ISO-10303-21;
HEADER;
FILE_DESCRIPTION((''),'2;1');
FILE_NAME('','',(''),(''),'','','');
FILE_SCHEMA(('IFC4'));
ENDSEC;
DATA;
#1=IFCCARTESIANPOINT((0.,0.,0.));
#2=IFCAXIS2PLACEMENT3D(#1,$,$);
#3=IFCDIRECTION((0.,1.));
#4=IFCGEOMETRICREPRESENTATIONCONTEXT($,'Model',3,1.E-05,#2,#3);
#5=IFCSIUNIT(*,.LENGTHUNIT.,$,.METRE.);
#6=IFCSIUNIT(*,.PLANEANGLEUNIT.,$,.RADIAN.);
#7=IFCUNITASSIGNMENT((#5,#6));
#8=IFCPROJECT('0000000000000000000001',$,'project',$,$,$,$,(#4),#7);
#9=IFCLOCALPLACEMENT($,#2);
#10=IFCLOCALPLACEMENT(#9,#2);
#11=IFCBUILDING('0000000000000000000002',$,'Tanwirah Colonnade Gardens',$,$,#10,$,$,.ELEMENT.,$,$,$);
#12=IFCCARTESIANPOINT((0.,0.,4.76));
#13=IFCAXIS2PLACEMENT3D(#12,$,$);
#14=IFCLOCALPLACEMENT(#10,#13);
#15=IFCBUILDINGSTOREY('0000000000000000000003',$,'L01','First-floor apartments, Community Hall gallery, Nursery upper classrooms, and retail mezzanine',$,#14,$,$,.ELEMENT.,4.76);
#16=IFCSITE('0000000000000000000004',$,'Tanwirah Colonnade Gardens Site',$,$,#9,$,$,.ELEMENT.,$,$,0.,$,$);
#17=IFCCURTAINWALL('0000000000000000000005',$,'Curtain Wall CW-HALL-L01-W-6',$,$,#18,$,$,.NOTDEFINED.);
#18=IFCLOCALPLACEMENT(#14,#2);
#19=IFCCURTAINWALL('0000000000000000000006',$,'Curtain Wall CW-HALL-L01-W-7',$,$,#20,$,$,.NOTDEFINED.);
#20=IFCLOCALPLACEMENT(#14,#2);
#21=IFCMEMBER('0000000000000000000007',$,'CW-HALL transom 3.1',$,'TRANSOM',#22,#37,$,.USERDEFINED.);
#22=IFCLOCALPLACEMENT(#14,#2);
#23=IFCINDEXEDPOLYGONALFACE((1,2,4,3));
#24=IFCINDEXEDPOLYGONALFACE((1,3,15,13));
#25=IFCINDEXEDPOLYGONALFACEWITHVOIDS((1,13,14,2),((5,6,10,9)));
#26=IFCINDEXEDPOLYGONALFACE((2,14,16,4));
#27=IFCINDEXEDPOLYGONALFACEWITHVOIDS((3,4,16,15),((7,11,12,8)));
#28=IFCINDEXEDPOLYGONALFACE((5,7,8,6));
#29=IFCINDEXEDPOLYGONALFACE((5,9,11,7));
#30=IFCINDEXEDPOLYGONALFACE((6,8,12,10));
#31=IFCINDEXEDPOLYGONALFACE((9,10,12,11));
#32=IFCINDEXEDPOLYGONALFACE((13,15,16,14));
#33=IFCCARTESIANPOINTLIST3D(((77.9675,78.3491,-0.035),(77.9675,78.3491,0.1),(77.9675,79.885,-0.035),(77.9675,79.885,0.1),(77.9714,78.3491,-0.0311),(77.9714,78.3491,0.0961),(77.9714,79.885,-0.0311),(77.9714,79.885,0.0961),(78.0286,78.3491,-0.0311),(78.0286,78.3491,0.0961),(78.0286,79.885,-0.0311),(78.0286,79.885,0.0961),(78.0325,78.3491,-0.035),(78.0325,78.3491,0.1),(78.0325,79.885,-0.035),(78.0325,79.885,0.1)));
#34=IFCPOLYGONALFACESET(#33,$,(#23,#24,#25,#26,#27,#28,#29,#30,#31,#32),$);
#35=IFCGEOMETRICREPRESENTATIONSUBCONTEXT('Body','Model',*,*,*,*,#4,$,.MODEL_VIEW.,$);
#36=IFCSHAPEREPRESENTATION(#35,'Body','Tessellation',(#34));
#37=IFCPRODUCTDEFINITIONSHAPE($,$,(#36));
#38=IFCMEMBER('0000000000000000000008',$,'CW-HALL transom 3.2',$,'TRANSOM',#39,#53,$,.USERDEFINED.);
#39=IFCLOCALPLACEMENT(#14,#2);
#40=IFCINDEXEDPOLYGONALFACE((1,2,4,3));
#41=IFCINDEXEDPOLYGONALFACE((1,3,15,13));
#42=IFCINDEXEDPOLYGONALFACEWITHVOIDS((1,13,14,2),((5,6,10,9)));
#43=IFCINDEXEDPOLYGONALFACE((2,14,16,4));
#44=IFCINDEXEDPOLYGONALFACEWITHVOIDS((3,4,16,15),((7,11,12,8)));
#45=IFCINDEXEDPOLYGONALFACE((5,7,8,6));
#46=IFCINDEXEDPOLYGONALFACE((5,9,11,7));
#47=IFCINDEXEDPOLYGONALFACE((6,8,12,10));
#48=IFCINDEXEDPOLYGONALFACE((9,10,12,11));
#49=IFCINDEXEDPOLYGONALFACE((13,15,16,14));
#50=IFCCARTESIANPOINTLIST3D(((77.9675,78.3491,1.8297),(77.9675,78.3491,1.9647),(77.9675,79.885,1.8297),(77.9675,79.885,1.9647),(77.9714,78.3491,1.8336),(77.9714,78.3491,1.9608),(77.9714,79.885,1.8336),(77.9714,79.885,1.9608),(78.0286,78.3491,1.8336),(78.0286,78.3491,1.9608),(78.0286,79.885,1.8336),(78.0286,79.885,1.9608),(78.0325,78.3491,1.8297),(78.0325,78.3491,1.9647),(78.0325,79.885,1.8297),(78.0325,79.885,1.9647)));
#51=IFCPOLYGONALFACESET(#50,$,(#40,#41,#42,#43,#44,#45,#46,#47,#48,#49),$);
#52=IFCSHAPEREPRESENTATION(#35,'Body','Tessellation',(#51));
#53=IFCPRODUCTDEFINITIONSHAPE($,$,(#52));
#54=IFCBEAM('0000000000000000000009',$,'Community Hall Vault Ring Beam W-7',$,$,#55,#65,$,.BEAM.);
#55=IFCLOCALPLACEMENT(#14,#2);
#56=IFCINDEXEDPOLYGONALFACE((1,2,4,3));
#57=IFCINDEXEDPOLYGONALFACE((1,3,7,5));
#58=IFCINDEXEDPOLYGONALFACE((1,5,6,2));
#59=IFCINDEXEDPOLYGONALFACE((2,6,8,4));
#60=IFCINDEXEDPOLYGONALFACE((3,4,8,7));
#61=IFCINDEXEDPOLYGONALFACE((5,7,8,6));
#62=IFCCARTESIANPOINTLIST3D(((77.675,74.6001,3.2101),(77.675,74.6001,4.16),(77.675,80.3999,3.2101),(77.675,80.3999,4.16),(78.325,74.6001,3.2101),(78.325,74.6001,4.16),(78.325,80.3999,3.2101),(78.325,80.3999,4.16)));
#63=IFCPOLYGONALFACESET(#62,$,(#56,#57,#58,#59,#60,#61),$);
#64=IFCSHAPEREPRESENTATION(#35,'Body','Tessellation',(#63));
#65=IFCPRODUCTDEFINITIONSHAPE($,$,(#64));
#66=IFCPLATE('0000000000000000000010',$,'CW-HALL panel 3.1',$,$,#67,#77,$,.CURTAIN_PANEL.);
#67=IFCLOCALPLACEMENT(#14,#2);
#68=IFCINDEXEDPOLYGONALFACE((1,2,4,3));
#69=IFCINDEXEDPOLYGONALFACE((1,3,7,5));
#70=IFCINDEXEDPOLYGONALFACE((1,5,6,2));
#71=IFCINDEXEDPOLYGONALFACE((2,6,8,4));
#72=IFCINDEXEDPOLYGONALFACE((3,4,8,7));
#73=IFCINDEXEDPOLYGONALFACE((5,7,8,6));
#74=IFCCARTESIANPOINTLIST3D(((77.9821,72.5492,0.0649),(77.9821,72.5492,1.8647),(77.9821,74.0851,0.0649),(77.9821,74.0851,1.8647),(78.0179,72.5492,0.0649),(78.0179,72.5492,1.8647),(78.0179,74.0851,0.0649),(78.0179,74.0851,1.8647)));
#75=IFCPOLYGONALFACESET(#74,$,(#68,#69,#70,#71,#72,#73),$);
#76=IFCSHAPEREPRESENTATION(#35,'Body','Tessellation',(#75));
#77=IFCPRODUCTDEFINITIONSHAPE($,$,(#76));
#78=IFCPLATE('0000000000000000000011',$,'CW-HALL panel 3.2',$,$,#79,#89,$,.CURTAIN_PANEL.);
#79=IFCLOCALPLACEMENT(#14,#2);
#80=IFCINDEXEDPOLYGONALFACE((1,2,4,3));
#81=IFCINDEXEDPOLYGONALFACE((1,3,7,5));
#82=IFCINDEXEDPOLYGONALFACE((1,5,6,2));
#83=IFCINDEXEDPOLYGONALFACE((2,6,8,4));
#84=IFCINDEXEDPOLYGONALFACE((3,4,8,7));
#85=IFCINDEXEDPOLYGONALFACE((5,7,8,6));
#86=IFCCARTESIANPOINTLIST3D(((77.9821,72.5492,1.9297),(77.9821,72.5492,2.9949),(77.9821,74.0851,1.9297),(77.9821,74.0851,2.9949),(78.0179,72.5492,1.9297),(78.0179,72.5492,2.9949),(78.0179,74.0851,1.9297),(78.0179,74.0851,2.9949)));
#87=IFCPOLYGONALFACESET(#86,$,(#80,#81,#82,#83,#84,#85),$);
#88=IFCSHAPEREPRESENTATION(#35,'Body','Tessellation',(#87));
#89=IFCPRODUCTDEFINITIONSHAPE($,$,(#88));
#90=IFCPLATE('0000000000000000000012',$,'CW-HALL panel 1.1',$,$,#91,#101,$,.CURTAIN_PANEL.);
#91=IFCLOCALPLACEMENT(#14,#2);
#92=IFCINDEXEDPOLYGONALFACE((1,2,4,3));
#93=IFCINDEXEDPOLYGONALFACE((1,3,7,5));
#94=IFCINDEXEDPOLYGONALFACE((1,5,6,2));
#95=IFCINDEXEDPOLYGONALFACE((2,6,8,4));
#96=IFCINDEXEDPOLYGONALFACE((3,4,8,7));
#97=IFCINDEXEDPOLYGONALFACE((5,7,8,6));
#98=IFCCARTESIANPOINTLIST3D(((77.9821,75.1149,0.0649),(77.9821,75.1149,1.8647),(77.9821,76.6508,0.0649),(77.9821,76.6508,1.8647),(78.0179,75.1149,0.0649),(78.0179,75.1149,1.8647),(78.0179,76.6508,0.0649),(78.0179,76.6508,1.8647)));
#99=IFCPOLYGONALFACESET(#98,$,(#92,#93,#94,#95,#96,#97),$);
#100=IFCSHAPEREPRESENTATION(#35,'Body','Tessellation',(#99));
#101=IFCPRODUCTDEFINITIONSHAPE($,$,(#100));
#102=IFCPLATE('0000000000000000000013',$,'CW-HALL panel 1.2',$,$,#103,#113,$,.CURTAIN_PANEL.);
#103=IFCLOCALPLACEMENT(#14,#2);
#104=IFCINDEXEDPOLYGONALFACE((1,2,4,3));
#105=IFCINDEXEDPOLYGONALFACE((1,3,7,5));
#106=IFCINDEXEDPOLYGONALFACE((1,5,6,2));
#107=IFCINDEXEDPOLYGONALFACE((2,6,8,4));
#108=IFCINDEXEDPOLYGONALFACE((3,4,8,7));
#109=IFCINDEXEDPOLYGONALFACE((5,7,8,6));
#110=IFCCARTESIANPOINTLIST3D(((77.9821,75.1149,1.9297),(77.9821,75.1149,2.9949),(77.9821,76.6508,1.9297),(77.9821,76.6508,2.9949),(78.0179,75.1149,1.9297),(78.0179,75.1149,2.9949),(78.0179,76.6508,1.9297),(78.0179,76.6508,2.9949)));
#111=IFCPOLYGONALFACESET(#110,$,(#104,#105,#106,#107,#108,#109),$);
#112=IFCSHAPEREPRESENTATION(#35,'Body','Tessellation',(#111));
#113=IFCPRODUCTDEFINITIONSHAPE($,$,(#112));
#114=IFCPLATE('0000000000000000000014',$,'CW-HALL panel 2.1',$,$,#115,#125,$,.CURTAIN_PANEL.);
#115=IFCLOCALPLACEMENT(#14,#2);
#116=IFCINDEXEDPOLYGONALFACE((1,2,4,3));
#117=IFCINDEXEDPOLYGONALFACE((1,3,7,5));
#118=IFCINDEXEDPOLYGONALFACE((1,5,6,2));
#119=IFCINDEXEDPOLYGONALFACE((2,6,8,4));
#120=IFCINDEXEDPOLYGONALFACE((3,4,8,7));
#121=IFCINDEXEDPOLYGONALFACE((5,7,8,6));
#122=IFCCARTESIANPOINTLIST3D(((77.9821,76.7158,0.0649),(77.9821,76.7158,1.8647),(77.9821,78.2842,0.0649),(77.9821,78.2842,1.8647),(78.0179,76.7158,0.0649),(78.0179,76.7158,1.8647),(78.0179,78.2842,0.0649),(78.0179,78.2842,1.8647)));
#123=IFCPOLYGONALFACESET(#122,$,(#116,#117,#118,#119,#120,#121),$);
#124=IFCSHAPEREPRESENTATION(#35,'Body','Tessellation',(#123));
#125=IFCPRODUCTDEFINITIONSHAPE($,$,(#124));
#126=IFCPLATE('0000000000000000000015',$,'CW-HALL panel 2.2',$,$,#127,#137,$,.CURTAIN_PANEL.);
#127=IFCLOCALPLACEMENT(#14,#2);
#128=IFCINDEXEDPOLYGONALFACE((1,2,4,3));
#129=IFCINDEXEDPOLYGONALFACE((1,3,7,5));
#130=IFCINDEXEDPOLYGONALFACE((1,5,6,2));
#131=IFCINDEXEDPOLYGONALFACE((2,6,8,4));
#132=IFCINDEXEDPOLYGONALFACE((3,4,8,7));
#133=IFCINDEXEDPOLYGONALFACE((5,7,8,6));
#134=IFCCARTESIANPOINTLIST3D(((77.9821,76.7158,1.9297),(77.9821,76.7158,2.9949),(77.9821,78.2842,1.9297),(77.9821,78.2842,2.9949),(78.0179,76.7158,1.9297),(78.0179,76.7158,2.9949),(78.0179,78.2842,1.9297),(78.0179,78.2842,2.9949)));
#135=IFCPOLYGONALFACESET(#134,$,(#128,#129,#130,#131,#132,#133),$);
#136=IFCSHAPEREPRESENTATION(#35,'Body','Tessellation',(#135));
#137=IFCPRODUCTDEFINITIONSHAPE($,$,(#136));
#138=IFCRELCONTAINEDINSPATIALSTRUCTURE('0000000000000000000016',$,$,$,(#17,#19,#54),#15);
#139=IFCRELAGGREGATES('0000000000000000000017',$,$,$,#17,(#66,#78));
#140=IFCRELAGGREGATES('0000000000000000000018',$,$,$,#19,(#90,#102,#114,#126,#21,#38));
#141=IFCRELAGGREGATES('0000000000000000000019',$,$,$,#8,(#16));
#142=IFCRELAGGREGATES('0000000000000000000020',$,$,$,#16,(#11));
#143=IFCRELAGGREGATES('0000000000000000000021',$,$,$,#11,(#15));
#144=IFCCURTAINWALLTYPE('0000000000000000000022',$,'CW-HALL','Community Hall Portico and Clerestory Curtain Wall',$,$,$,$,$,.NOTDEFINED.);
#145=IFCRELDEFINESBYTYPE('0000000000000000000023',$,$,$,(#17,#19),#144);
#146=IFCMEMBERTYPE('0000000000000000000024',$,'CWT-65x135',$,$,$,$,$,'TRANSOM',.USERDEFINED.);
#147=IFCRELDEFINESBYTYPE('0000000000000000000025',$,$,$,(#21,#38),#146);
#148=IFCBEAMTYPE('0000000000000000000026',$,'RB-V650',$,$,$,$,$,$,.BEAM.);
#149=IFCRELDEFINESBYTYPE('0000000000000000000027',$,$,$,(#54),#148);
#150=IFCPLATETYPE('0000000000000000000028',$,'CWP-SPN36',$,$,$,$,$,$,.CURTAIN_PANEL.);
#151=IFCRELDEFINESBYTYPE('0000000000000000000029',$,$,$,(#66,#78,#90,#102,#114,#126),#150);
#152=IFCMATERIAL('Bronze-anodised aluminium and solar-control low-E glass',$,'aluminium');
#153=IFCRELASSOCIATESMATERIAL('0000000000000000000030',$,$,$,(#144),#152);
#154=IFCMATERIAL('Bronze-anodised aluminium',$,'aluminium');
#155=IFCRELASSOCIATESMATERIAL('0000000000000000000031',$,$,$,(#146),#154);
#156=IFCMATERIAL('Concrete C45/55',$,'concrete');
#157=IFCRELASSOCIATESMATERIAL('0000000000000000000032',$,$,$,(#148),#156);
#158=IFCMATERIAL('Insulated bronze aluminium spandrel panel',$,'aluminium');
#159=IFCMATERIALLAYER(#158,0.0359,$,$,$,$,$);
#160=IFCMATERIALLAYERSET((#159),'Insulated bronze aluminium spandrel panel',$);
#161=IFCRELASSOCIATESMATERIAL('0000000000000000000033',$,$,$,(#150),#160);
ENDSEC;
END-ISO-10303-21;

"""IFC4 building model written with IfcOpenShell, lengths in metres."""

from ifc_helpers import new_model, si_unit, direction, frame, origin, origin_2d, place, context, subcontext, project, spatial, rectangle, hollow_rectangle, extrude, material, layer, layer_set, material_profile, profile_set, type_object, element, aggregate, save


model = new_model("IFC4")

# Units and contexts
model_context = context("Model", 3, precision=1e-05, world=origin(), true_north=direction((0.0, 1.0)))
body_context = subcontext(model_context, "Body", "Model", "MODEL_VIEW")
ifc_project = project(units=[si_unit("LENGTHUNIT", "METRE"), si_unit("PLANEANGLEUNIT", "RADIAN")], contexts=[model_context])

# Site, building, storey
site_placement = place(None, origin())
site = spatial("IfcSite", under=ifc_project, at=site_placement, Name="Tanwirah Colonnade Gardens Site", CompositionType="ELEMENT", RefElevation=0.0)
building_placement = place(site_placement, origin())
building = spatial("IfcBuilding", under=site, at=building_placement, Name="Tanwirah Colonnade Gardens", CompositionType="ELEMENT")
storey_placement = place(building_placement, frame((0.0, 0.0, 4.76)))
storey = spatial("IfcBuildingStorey", under=building, at=storey_placement, Name="L01", Description="First-floor apartments, Community Hall gallery, Nursery upper classrooms, and retail mezzanine", CompositionType="ELEMENT", Elevation=4.76)

# Shared definitions
ifc_material_1 = material(Name="Concrete C45/55", Category="concrete")

# Curtain wall
ifc_material_2 = material(Name="Bronze-anodised aluminium and solar-control low-E glass", Category="aluminium")
curtain_wall_type = type_object("IfcCurtainWallType", Name="CW-HALL", Description="Community Hall Portico and Clerestory Curtain Wall", PredefinedType="NOTDEFINED", material=ifc_material_2)
curtain_wall_1_placement = place(storey_placement, origin())
curtain_wall_1 = element("IfcCurtainWall", 1, at=curtain_wall_1_placement, inside=storey, type_object=curtain_wall_type, Name="Curtain Wall CW-HALL-L01-W-6", PredefinedType="NOTDEFINED")
ifc_material_3 = material(Name="Bronze-anodised aluminium", Category="aluminium")

# Curtain wall, members
curtain_wall_2_placement = place(storey_placement, origin())
curtain_wall_2 = element("IfcCurtainWall", 2, at=curtain_wall_2_placement, inside=storey, type_object=curtain_wall_type, Name="Curtain Wall CW-HALL-L01-W-7", PredefinedType="NOTDEFINED")
ifc_material_profile_1 = material_profile(ifc_material_3, hollow_rectangle(XDim=0.0649, YDim=0.135, WallThickness=0.0039, at=origin_2d()), Name="CW-TRN 65x135x4")
ifc_profile_set_1 = profile_set([ifc_material_profile_1], Name="Bronze-anodised aluminium")
member_type_1 = type_object("IfcMemberType", Name="CWT-65x135", ElementType="TRANSOM", PredefinedType="USERDEFINED", material=ifc_profile_set_1)
member_1_placement = place(storey_placement, frame((78.0, 78.3491, 0.0325), z_axis=(0.0, 1.0, 0.0), x_axis=(-1.0, 0.0, 0.0)))
member_1 = element("IfcMember", 3, at=member_1_placement, type_object=member_type_1, Name="CW-HALL transom 3.1", ObjectType="TRANSOM", PredefinedType="USERDEFINED", context=body_context, shape_type="SweptSolid", body=[
    extrude(hollow_rectangle(XDim=0.0649, YDim=0.135, WallThickness=0.0039, at=origin_2d()), origin(), (0.0, 0.0, 1.0), 1.5359),
])
member_2_placement = place(storey_placement, frame((78.0, 78.3491, 1.8972), z_axis=(0.0, 1.0, 0.0), x_axis=(-1.0, 0.0, 0.0)))
member_2 = element("IfcMember", 4, at=member_2_placement, type_object=member_type_1, Name="CW-HALL transom 3.2", ObjectType="TRANSOM", PredefinedType="USERDEFINED", context=body_context, shape_type="SweptSolid", body=[
    extrude(hollow_rectangle(XDim=0.0649, YDim=0.135, WallThickness=0.0039, at=origin_2d()), origin(), (0.0, 0.0, 1.0), 1.5359),
])

# Beam
ifc_material_profile_2 = material_profile(ifc_material_1, rectangle(XDim=0.6499, YDim=0.95, at=origin_2d()), Name="RC-RB 650x950")
ifc_profile_set_2 = profile_set([ifc_material_profile_2], Name="Concrete C45/55")
beam_type = type_object("IfcBeamType", Name="RB-V650", PredefinedType="BEAM", material=ifc_profile_set_2)
beam_placement = place(storey_placement, frame((78.0, 74.6001, 3.6851), z_axis=(0.0, 1.0, 0.0), x_axis=(-1.0, 0.0, 0.0)))
element("IfcBeam", 5, at=beam_placement, inside=storey, type_object=beam_type, Name="Community Hall Vault Ring Beam W-7", PredefinedType="BEAM", context=body_context, shape_type="SweptSolid", body=[
    extrude(rectangle(XDim=0.6499, YDim=0.95, at=origin_2d()), origin(), (0.0, 0.0, 1.0), 5.7998),
])

# Plates
ifc_material_4 = material(Name="Insulated bronze aluminium spandrel panel", Category="aluminium")
ifc_layer = layer(ifc_material_4, 0.0359)
ifc_layer_set = layer_set([ifc_layer], Name="Insulated bronze aluminium spandrel panel")
plate_type = type_object("IfcPlateType", Name="CWP-SPN36", PredefinedType="CURTAIN_PANEL", material=ifc_layer_set)
plate_1_placement = place(storey_placement, frame((78.0, 73.3171, 0.0649), z_axis=(0.0, 0.0, 1.0), x_axis=(0.0, 1.0, 0.0)))
plate_1 = element("IfcPlate", 6, at=plate_1_placement, type_object=plate_type, Name="CW-HALL panel 3.1", PredefinedType="CURTAIN_PANEL", context=body_context, shape_type="SweptSolid", body=[
    extrude(rectangle(XDim=1.5359, YDim=0.0359, at=origin_2d()), origin(), (0.0, 0.0, 1.0), 1.7998),
])
plate_2_placement = place(storey_placement, frame((78.0, 73.3171, 1.9297), z_axis=(0.0, 0.0, 1.0), x_axis=(0.0, 1.0, 0.0)))
plate_2 = element("IfcPlate", 7, at=plate_2_placement, type_object=plate_type, Name="CW-HALL panel 3.2", PredefinedType="CURTAIN_PANEL", context=body_context, shape_type="SweptSolid", body=[
    extrude(rectangle(XDim=1.5359, YDim=0.0359, at=origin_2d()), origin(), (0.0, 0.0, 1.0), 1.0652),
])
aggregate(curtain_wall_1, [plate_1, plate_2])
plate_3_placement = place(storey_placement, frame((78.0, 75.8828, 0.0649), z_axis=(0.0, 0.0, 1.0), x_axis=(0.0, 1.0, 0.0)))
plate_3 = element("IfcPlate", 8, at=plate_3_placement, type_object=plate_type, Name="CW-HALL panel 1.1", PredefinedType="CURTAIN_PANEL", context=body_context, shape_type="SweptSolid", body=[
    extrude(rectangle(XDim=1.5359, YDim=0.0359, at=origin_2d()), origin(), (0.0, 0.0, 1.0), 1.7998),
])
plate_4_placement = place(storey_placement, frame((78.0, 75.8828, 1.9297), z_axis=(0.0, 0.0, 1.0), x_axis=(0.0, 1.0, 0.0)))
plate_4 = element("IfcPlate", 9, at=plate_4_placement, type_object=plate_type, Name="CW-HALL panel 1.2", PredefinedType="CURTAIN_PANEL", context=body_context, shape_type="SweptSolid", body=[
    extrude(rectangle(XDim=1.5359, YDim=0.0359, at=origin_2d()), origin(), (0.0, 0.0, 1.0), 1.0652),
])
plate_5_placement = place(storey_placement, frame((78.0, 77.5, 0.0649), z_axis=(0.0, 0.0, 1.0), x_axis=(0.0, 1.0, 0.0)))
plate_5 = element("IfcPlate", 10, at=plate_5_placement, type_object=plate_type, Name="CW-HALL panel 2.1", PredefinedType="CURTAIN_PANEL", context=body_context, shape_type="SweptSolid", body=[
    extrude(rectangle(XDim=1.5684, YDim=0.0359, at=origin_2d()), origin(), (0.0, 0.0, 1.0), 1.7998),
])
plate_6_placement = place(storey_placement, frame((78.0, 77.5, 1.9297), z_axis=(0.0, 0.0, 1.0), x_axis=(0.0, 1.0, 0.0)))
plate_6 = element("IfcPlate", 11, at=plate_6_placement, type_object=plate_type, Name="CW-HALL panel 2.2", PredefinedType="CURTAIN_PANEL", context=body_context, shape_type="SweptSolid", body=[
    extrude(rectangle(XDim=1.5684, YDim=0.0359, at=origin_2d()), origin(), (0.0, 0.0, 1.0), 1.0652),
])
aggregate(curtain_wall_2, [plate_3, plate_4, plate_5, plate_6, member_1, member_2])

save(model, "model.ifc")
